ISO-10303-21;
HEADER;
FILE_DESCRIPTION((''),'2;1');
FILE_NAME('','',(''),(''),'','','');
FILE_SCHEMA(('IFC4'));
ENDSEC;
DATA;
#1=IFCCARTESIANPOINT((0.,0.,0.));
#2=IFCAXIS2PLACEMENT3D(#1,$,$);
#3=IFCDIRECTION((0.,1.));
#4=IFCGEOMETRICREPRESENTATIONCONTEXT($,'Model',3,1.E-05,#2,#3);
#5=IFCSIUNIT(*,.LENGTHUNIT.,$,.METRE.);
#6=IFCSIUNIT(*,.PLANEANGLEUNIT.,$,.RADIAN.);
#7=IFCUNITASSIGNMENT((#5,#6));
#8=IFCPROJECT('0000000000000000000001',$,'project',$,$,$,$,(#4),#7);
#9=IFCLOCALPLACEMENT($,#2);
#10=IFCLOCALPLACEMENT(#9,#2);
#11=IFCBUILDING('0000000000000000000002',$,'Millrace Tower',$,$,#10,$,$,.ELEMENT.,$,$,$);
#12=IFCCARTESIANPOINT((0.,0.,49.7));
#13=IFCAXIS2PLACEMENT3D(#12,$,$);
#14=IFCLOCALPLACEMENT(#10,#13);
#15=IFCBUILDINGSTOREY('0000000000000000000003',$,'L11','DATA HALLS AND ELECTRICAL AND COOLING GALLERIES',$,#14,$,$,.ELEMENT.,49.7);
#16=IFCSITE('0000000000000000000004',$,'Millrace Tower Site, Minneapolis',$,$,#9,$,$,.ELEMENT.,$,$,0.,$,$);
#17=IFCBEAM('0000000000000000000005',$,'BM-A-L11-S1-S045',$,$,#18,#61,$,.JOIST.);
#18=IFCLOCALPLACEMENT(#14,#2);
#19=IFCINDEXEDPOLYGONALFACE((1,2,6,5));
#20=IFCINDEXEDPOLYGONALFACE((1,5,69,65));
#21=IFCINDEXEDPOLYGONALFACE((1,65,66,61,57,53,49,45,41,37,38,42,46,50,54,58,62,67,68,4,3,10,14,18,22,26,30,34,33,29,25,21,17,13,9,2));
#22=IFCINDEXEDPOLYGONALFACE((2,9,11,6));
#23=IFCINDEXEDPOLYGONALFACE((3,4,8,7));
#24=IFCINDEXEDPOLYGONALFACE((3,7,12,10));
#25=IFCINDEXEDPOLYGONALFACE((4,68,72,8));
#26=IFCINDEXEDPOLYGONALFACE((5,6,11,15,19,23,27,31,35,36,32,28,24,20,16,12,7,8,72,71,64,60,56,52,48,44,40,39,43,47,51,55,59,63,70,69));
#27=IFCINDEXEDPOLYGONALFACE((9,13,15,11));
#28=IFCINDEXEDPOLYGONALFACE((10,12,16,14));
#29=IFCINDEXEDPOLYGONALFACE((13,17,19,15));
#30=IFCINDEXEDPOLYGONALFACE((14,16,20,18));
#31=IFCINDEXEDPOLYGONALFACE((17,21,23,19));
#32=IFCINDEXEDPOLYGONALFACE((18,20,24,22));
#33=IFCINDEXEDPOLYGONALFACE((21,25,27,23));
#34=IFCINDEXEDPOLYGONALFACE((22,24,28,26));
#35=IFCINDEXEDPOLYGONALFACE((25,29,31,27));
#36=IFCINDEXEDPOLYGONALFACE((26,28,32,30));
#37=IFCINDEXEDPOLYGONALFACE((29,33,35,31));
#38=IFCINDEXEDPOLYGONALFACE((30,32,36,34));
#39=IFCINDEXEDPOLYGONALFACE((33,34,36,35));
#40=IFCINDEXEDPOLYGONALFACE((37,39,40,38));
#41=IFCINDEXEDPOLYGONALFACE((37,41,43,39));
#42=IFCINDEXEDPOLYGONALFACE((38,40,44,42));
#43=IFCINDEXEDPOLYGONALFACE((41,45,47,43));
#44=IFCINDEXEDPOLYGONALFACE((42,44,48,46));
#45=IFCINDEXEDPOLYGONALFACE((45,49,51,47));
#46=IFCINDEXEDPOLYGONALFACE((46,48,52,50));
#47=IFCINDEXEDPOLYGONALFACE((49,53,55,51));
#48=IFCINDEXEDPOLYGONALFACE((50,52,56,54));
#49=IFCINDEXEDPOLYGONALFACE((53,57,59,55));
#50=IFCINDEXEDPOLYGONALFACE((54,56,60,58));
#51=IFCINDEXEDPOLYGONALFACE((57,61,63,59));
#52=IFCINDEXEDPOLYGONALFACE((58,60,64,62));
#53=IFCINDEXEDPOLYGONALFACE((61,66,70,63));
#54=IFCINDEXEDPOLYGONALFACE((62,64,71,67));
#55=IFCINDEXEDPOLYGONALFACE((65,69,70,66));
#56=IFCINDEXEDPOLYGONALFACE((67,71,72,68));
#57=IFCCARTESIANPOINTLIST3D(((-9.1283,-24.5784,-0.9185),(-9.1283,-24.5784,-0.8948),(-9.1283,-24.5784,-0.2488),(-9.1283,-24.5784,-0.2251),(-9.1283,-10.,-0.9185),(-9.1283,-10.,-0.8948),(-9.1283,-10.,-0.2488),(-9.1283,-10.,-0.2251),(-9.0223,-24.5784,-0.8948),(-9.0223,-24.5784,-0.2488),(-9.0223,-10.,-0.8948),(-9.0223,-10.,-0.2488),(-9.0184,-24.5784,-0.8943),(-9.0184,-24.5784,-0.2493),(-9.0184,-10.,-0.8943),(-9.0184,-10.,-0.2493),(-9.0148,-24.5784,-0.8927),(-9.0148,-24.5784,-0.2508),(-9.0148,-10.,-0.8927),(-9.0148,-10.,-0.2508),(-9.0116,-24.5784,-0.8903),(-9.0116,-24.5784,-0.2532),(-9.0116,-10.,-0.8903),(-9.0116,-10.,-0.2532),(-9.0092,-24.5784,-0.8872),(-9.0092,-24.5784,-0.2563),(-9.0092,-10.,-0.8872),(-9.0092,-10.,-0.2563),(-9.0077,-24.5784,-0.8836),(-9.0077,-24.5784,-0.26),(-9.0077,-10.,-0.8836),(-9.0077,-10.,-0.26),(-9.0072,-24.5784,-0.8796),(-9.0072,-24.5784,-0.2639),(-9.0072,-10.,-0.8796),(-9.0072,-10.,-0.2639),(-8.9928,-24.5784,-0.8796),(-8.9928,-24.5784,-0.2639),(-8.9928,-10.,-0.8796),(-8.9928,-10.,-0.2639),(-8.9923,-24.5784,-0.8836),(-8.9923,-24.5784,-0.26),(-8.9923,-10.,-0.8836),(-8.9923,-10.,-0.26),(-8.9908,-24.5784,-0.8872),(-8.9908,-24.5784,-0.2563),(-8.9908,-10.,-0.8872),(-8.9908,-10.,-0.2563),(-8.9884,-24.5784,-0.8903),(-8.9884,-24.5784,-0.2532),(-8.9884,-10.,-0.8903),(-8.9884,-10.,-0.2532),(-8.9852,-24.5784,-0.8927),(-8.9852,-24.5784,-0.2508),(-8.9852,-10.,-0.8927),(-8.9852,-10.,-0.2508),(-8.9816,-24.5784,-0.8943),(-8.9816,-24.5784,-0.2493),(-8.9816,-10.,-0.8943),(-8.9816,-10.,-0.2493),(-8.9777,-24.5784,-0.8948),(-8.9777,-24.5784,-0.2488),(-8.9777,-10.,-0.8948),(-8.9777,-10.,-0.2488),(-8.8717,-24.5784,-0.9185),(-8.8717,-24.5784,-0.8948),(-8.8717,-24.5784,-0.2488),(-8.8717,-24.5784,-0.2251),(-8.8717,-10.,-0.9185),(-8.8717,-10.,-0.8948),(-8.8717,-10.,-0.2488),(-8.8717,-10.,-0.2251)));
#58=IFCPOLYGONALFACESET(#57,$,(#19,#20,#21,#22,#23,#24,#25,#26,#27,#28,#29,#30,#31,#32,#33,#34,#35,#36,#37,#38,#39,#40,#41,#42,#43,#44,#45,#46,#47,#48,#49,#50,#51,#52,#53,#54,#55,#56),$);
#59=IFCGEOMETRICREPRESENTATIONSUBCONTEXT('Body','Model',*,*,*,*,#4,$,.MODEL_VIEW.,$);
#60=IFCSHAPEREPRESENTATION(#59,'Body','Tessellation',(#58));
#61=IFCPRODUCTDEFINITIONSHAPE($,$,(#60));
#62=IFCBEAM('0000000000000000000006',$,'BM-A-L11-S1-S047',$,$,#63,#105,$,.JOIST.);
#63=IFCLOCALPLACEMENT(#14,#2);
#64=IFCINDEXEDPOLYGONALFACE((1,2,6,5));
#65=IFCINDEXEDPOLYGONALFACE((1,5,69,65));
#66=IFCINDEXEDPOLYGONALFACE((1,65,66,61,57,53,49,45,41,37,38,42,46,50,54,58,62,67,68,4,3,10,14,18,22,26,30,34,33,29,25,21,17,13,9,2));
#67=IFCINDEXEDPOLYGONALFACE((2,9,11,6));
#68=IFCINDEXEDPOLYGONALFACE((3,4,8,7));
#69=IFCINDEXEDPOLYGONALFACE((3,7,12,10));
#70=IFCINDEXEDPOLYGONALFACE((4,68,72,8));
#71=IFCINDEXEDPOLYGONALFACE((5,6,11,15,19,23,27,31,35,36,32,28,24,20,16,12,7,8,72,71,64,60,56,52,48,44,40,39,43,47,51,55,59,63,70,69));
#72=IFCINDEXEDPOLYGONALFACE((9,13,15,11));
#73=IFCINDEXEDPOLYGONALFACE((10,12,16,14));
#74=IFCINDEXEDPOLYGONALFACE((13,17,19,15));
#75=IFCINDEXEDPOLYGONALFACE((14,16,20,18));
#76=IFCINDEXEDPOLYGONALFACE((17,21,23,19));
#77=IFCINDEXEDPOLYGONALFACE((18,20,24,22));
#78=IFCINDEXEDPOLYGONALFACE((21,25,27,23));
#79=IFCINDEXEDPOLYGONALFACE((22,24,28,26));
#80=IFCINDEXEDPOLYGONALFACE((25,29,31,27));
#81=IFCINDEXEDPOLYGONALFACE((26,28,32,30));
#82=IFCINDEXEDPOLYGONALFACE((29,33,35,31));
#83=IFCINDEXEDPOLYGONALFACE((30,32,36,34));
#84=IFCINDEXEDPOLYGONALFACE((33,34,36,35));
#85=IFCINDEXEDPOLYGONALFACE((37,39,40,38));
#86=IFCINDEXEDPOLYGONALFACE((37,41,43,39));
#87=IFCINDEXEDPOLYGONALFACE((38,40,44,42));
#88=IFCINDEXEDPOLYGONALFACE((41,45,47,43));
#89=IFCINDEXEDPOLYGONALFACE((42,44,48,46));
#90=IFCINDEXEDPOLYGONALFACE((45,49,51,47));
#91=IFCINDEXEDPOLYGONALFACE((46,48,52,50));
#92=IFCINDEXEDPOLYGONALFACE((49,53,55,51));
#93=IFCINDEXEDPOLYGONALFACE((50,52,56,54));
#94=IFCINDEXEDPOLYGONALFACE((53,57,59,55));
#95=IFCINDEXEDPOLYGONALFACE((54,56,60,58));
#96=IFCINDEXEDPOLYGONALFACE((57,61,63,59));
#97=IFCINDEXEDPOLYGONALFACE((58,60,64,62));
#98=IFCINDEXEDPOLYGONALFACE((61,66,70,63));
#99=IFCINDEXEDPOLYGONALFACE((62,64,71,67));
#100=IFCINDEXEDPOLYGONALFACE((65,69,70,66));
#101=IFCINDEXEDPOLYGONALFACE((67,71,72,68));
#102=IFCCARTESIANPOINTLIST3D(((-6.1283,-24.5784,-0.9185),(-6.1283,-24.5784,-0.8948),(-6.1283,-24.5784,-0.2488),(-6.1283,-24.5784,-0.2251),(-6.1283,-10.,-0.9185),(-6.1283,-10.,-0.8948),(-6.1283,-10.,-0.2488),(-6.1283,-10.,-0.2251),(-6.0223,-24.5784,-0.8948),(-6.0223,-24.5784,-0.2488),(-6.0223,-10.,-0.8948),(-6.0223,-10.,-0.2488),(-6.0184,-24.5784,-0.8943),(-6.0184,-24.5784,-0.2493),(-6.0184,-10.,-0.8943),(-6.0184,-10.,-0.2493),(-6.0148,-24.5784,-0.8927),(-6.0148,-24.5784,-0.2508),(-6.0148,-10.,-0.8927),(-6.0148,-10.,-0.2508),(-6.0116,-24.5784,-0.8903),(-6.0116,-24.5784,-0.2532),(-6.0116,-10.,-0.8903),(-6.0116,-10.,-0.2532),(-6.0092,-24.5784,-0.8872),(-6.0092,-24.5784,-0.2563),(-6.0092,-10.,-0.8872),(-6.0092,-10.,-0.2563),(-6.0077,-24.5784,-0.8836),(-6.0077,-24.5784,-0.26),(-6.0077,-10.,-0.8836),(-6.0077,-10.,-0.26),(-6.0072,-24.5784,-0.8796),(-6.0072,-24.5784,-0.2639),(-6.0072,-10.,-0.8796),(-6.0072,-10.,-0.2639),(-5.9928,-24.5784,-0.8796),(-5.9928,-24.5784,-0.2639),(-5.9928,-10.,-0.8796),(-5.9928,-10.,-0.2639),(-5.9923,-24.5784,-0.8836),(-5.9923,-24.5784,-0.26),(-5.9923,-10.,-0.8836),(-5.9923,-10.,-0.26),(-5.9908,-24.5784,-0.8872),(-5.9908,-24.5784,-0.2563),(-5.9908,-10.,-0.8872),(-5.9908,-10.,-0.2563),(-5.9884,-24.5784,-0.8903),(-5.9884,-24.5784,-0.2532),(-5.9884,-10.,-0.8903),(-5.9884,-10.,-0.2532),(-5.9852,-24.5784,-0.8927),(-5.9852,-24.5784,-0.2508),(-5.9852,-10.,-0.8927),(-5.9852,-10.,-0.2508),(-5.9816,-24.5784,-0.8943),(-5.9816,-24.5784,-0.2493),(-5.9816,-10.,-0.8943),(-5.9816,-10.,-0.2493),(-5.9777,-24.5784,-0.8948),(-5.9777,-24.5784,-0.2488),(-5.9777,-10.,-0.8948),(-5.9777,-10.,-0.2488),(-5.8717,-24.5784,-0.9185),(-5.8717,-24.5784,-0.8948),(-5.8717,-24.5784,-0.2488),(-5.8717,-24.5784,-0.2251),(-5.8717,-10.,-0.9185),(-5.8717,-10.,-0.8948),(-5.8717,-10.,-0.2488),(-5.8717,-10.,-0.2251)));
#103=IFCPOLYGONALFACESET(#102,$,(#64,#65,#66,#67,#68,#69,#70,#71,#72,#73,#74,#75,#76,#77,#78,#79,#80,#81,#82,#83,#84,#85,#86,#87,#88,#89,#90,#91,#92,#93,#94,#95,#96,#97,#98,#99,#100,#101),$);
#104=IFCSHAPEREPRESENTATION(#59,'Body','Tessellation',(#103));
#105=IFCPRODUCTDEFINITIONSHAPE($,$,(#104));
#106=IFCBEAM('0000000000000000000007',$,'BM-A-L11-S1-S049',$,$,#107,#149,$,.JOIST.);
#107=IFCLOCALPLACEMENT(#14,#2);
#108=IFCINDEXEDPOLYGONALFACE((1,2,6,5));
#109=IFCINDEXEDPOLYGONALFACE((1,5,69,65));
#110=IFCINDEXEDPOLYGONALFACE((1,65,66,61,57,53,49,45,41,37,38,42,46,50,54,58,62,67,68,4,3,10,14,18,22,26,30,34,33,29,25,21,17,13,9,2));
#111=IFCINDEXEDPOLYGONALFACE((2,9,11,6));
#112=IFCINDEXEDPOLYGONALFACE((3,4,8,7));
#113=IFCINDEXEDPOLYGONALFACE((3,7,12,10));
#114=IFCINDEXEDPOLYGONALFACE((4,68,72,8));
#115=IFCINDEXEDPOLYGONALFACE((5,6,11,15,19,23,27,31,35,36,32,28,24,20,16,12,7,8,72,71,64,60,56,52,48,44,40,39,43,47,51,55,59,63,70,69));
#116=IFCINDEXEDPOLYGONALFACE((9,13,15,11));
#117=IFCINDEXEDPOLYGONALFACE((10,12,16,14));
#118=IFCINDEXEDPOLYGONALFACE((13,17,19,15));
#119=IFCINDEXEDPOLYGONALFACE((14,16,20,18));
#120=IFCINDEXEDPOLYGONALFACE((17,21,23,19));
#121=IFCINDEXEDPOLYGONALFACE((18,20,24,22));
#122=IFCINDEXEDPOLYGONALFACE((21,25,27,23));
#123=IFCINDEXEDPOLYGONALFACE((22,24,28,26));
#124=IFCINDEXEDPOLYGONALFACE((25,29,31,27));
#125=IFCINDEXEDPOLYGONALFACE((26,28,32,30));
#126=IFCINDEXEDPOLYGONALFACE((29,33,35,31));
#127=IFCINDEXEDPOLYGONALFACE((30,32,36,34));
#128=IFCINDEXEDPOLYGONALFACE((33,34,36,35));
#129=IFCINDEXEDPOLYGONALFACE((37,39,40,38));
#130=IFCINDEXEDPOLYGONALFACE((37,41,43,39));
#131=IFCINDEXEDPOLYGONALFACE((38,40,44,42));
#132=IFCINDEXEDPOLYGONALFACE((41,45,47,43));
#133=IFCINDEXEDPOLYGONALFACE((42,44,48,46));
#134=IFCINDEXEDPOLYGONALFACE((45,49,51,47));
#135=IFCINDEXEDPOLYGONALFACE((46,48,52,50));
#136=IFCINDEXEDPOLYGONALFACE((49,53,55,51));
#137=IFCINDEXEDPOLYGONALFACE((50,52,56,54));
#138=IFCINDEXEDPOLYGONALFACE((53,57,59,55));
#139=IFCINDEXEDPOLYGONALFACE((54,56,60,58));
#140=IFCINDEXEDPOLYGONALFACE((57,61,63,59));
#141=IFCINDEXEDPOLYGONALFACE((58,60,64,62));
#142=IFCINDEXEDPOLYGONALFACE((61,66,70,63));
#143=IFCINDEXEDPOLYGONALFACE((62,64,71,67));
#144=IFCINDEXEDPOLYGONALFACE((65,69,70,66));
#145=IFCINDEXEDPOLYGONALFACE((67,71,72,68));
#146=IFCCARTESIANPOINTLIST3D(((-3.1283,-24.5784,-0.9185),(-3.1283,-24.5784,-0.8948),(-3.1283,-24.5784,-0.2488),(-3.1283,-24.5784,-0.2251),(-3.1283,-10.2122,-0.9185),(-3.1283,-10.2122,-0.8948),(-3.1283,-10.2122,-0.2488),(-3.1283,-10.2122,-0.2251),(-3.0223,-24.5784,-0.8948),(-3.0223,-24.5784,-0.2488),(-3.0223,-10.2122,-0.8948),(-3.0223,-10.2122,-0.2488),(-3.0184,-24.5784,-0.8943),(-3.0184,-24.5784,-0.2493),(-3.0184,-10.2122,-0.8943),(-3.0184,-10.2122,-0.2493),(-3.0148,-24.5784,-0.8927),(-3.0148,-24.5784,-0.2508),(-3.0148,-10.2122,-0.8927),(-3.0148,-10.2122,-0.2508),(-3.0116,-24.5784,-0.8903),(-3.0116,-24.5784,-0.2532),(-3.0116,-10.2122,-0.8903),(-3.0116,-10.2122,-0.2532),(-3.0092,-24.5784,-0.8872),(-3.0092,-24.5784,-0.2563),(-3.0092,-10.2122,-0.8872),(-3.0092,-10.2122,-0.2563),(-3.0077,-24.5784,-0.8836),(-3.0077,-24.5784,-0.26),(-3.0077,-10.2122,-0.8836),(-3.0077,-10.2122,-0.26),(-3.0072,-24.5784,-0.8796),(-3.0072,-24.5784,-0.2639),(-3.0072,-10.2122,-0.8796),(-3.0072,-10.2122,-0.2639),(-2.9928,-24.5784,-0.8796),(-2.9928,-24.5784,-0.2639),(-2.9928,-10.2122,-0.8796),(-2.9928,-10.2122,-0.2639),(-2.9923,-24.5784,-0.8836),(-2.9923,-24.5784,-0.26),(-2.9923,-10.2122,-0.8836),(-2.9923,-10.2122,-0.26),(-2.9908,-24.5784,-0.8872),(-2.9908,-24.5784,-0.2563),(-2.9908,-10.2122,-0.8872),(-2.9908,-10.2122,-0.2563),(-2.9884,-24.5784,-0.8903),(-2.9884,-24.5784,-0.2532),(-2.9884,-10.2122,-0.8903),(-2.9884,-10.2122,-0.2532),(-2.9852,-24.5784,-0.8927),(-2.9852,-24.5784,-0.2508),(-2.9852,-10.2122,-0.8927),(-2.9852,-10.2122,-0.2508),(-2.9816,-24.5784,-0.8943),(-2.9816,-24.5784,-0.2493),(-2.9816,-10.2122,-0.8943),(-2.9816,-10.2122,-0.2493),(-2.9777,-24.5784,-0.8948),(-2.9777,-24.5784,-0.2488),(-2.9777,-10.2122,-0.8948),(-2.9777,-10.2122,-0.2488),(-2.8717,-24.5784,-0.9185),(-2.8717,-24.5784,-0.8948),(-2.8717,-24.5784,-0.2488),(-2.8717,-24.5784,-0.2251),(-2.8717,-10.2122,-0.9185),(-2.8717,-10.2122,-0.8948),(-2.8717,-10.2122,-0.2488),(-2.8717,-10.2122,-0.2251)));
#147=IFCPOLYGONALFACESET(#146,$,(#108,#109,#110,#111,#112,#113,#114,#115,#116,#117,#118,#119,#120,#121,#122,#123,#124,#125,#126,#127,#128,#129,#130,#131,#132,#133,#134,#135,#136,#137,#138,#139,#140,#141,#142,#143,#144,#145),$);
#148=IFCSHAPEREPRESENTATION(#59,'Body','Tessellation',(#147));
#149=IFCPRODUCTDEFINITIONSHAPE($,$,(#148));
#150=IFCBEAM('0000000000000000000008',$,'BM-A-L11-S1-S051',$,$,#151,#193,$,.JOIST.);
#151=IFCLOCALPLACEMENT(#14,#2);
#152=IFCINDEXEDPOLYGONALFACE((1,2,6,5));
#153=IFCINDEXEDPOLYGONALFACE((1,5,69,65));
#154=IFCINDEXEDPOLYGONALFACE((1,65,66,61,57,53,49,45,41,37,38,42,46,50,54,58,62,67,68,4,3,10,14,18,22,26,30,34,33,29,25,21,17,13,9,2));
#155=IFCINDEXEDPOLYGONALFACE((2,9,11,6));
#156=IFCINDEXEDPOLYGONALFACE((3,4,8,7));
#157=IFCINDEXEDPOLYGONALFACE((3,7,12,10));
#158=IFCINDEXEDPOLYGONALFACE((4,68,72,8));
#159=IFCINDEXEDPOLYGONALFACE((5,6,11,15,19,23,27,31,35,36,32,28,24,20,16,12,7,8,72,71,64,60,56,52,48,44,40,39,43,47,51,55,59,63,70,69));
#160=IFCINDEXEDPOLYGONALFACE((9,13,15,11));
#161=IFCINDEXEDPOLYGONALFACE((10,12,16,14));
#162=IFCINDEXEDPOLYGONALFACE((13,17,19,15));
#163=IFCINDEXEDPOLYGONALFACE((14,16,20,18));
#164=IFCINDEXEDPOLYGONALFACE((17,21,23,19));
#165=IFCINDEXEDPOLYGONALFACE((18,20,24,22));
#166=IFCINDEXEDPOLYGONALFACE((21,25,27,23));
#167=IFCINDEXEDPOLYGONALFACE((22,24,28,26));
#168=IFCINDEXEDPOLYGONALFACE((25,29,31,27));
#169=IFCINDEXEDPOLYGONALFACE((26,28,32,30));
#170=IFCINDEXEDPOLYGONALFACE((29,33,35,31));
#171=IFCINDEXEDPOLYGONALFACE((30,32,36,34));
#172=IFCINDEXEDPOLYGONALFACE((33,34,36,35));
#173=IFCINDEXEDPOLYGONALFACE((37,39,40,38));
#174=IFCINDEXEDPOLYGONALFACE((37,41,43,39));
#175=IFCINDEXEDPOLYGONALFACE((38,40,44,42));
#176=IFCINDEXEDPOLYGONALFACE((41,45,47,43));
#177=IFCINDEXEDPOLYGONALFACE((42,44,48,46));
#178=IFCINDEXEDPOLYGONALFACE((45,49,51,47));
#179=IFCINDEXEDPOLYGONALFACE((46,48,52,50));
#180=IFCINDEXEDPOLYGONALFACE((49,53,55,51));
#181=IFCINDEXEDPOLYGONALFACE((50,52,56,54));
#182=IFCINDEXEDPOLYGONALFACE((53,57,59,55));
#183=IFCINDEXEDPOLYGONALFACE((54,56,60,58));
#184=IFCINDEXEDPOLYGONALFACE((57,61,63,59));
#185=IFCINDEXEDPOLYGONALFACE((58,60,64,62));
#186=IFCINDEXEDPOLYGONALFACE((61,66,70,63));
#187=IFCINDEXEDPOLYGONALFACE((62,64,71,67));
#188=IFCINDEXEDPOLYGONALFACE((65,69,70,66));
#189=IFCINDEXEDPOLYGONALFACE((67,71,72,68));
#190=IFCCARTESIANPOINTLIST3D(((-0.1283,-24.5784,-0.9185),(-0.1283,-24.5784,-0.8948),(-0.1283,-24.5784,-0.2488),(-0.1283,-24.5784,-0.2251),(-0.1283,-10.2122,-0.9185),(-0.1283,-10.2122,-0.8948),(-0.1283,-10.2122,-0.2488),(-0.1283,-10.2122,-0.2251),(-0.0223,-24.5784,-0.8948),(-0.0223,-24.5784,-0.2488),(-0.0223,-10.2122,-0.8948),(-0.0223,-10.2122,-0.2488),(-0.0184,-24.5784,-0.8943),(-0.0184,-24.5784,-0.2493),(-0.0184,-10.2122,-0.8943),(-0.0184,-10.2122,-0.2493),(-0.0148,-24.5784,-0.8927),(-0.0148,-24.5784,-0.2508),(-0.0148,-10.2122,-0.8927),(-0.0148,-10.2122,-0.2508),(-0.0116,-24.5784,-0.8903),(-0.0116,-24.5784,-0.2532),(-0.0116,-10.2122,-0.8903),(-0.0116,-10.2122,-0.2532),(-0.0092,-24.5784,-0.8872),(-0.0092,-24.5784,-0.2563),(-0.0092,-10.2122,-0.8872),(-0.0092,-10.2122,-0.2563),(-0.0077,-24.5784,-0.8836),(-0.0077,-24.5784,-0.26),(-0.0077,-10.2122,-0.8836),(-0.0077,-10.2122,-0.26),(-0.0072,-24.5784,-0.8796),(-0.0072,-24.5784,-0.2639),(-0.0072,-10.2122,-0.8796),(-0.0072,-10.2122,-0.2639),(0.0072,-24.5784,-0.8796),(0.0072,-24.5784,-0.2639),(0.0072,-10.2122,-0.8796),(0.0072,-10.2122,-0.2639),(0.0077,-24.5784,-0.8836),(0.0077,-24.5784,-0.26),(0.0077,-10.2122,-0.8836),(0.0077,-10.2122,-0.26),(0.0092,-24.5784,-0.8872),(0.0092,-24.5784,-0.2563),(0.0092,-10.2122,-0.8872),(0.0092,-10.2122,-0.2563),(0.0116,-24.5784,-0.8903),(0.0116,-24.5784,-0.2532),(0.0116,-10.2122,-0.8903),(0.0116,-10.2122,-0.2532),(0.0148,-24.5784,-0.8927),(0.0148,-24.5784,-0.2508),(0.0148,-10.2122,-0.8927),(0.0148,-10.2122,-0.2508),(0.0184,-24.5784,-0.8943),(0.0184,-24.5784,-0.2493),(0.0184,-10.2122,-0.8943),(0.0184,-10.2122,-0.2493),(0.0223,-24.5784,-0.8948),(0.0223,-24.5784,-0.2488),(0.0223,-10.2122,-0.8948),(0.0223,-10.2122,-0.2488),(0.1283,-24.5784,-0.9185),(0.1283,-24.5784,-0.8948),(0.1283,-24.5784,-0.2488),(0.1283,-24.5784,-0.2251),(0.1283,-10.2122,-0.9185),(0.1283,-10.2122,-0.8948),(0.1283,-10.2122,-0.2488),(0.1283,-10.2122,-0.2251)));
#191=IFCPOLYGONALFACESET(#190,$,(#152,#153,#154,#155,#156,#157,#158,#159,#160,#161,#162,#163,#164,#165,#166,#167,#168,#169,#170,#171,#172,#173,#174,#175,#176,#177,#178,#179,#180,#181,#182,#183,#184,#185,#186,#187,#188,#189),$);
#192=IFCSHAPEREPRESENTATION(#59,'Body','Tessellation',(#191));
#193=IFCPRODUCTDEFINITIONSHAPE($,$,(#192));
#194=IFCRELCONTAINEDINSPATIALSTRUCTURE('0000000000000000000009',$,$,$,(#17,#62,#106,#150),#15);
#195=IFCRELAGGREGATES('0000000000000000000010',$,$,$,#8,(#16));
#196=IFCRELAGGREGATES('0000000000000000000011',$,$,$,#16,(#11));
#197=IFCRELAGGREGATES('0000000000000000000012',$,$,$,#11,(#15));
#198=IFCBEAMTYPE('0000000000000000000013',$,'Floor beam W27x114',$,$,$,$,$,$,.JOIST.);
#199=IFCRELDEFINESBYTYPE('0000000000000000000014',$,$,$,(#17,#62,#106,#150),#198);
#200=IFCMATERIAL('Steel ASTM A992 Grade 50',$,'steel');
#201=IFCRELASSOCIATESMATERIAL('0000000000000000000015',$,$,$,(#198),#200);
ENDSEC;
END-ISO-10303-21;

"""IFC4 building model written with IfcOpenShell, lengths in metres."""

from ifc_helpers import new_model, si_unit, direction, frame, origin, origin_2d, place, context, subcontext, project, spatial, i_section, extrude, material, material_profile, profile_set, type_object, element, save


model = new_model("IFC4")

# Units and contexts
model_context = context("Model", 3, precision=1e-05, world=origin(), true_north=direction((0.0, 1.0)))
body_context = subcontext(model_context, "Body", "Model", "MODEL_VIEW")
ifc_project = project(units=[si_unit("LENGTHUNIT", "METRE"), si_unit("PLANEANGLEUNIT", "RADIAN")], contexts=[model_context])

# Site, building, storey
site_placement = place(None, origin())
site = spatial("IfcSite", under=ifc_project, at=site_placement, Name="Millrace Tower Site, Minneapolis", CompositionType="ELEMENT", RefElevation=0.0)
building_placement = place(site_placement, origin())
building = spatial("IfcBuilding", under=site, at=building_placement, Name="Millrace Tower", CompositionType="ELEMENT")
storey_placement = place(building_placement, frame((0.0, 0.0, 49.7)))
storey = spatial("IfcBuildingStorey", under=building, at=storey_placement, Name="L11", Description="DATA HALLS AND ELECTRICAL AND COOLING GALLERIES", CompositionType="ELEMENT", Elevation=49.7)

# Beams
ifc_material_1 = material(Name="Steel ASTM A992 Grade 50", Category="steel")
ifc_material_profile_1 = material_profile(ifc_material_1, i_section(OverallWidth=0.2566, OverallDepth=0.6934, WebThickness=0.0144, FlangeThickness=0.0237, FilletRadius=0.0151, at=origin_2d()))
ifc_profile_set_1 = profile_set([ifc_material_profile_1], Name="Steel ASTM A992 Grade 50")
beam_type_1 = type_object("IfcBeamType", Name="Floor beam W27x114", PredefinedType="JOIST", material=ifc_profile_set_1)
for number, where, z_axis, x_axis, name in (
    (1, (-9.0, -24.5784, -0.5718), (0.0, 1.0, 0.0), (-1.0, 0.0, 0.0), "BM-A-L11-S1-S045"),
    (2, (-6.0, -24.5784, -0.5718), (0.0, 1.0, 0.0), (-1.0, 0.0, 0.0), "BM-A-L11-S1-S047"),
):
    element("IfcBeam", number, at=place(storey_placement, frame(where, z_axis=z_axis, x_axis=x_axis)), inside=storey, type_object=beam_type_1, Name=name, PredefinedType="JOIST", context=body_context, shape_type="SweptSolid", body=[
        extrude(i_section(OverallWidth=0.2566, OverallDepth=0.6934, WebThickness=0.0144, FlangeThickness=0.0237, FilletRadius=0.0151, at=origin_2d()), origin(), (0.0, 0.0, 1.0), 14.5784),
    ])
for number, where, z_axis, x_axis, name in (
    (3, (-3.0, -24.5784, -0.5718), (0.0, 1.0, 0.0), (-1.0, 0.0, 0.0), "BM-A-L11-S1-S049"),
    (4, (0.0, -24.5784, -0.5718), (0.0, 1.0, 0.0), (-1.0, 0.0, 0.0), "BM-A-L11-S1-S051"),
):
    element("IfcBeam", number, at=place(storey_placement, frame(where, z_axis=z_axis, x_axis=x_axis)), inside=storey, type_object=beam_type_1, Name=name, PredefinedType="JOIST", context=body_context, shape_type="SweptSolid", body=[
        extrude(i_section(OverallWidth=0.2566, OverallDepth=0.6934, WebThickness=0.0144, FlangeThickness=0.0237, FilletRadius=0.0151, at=origin_2d()), origin(), (0.0, 0.0, 1.0), 14.3662),
    ])

save(model, "model.ifc")
